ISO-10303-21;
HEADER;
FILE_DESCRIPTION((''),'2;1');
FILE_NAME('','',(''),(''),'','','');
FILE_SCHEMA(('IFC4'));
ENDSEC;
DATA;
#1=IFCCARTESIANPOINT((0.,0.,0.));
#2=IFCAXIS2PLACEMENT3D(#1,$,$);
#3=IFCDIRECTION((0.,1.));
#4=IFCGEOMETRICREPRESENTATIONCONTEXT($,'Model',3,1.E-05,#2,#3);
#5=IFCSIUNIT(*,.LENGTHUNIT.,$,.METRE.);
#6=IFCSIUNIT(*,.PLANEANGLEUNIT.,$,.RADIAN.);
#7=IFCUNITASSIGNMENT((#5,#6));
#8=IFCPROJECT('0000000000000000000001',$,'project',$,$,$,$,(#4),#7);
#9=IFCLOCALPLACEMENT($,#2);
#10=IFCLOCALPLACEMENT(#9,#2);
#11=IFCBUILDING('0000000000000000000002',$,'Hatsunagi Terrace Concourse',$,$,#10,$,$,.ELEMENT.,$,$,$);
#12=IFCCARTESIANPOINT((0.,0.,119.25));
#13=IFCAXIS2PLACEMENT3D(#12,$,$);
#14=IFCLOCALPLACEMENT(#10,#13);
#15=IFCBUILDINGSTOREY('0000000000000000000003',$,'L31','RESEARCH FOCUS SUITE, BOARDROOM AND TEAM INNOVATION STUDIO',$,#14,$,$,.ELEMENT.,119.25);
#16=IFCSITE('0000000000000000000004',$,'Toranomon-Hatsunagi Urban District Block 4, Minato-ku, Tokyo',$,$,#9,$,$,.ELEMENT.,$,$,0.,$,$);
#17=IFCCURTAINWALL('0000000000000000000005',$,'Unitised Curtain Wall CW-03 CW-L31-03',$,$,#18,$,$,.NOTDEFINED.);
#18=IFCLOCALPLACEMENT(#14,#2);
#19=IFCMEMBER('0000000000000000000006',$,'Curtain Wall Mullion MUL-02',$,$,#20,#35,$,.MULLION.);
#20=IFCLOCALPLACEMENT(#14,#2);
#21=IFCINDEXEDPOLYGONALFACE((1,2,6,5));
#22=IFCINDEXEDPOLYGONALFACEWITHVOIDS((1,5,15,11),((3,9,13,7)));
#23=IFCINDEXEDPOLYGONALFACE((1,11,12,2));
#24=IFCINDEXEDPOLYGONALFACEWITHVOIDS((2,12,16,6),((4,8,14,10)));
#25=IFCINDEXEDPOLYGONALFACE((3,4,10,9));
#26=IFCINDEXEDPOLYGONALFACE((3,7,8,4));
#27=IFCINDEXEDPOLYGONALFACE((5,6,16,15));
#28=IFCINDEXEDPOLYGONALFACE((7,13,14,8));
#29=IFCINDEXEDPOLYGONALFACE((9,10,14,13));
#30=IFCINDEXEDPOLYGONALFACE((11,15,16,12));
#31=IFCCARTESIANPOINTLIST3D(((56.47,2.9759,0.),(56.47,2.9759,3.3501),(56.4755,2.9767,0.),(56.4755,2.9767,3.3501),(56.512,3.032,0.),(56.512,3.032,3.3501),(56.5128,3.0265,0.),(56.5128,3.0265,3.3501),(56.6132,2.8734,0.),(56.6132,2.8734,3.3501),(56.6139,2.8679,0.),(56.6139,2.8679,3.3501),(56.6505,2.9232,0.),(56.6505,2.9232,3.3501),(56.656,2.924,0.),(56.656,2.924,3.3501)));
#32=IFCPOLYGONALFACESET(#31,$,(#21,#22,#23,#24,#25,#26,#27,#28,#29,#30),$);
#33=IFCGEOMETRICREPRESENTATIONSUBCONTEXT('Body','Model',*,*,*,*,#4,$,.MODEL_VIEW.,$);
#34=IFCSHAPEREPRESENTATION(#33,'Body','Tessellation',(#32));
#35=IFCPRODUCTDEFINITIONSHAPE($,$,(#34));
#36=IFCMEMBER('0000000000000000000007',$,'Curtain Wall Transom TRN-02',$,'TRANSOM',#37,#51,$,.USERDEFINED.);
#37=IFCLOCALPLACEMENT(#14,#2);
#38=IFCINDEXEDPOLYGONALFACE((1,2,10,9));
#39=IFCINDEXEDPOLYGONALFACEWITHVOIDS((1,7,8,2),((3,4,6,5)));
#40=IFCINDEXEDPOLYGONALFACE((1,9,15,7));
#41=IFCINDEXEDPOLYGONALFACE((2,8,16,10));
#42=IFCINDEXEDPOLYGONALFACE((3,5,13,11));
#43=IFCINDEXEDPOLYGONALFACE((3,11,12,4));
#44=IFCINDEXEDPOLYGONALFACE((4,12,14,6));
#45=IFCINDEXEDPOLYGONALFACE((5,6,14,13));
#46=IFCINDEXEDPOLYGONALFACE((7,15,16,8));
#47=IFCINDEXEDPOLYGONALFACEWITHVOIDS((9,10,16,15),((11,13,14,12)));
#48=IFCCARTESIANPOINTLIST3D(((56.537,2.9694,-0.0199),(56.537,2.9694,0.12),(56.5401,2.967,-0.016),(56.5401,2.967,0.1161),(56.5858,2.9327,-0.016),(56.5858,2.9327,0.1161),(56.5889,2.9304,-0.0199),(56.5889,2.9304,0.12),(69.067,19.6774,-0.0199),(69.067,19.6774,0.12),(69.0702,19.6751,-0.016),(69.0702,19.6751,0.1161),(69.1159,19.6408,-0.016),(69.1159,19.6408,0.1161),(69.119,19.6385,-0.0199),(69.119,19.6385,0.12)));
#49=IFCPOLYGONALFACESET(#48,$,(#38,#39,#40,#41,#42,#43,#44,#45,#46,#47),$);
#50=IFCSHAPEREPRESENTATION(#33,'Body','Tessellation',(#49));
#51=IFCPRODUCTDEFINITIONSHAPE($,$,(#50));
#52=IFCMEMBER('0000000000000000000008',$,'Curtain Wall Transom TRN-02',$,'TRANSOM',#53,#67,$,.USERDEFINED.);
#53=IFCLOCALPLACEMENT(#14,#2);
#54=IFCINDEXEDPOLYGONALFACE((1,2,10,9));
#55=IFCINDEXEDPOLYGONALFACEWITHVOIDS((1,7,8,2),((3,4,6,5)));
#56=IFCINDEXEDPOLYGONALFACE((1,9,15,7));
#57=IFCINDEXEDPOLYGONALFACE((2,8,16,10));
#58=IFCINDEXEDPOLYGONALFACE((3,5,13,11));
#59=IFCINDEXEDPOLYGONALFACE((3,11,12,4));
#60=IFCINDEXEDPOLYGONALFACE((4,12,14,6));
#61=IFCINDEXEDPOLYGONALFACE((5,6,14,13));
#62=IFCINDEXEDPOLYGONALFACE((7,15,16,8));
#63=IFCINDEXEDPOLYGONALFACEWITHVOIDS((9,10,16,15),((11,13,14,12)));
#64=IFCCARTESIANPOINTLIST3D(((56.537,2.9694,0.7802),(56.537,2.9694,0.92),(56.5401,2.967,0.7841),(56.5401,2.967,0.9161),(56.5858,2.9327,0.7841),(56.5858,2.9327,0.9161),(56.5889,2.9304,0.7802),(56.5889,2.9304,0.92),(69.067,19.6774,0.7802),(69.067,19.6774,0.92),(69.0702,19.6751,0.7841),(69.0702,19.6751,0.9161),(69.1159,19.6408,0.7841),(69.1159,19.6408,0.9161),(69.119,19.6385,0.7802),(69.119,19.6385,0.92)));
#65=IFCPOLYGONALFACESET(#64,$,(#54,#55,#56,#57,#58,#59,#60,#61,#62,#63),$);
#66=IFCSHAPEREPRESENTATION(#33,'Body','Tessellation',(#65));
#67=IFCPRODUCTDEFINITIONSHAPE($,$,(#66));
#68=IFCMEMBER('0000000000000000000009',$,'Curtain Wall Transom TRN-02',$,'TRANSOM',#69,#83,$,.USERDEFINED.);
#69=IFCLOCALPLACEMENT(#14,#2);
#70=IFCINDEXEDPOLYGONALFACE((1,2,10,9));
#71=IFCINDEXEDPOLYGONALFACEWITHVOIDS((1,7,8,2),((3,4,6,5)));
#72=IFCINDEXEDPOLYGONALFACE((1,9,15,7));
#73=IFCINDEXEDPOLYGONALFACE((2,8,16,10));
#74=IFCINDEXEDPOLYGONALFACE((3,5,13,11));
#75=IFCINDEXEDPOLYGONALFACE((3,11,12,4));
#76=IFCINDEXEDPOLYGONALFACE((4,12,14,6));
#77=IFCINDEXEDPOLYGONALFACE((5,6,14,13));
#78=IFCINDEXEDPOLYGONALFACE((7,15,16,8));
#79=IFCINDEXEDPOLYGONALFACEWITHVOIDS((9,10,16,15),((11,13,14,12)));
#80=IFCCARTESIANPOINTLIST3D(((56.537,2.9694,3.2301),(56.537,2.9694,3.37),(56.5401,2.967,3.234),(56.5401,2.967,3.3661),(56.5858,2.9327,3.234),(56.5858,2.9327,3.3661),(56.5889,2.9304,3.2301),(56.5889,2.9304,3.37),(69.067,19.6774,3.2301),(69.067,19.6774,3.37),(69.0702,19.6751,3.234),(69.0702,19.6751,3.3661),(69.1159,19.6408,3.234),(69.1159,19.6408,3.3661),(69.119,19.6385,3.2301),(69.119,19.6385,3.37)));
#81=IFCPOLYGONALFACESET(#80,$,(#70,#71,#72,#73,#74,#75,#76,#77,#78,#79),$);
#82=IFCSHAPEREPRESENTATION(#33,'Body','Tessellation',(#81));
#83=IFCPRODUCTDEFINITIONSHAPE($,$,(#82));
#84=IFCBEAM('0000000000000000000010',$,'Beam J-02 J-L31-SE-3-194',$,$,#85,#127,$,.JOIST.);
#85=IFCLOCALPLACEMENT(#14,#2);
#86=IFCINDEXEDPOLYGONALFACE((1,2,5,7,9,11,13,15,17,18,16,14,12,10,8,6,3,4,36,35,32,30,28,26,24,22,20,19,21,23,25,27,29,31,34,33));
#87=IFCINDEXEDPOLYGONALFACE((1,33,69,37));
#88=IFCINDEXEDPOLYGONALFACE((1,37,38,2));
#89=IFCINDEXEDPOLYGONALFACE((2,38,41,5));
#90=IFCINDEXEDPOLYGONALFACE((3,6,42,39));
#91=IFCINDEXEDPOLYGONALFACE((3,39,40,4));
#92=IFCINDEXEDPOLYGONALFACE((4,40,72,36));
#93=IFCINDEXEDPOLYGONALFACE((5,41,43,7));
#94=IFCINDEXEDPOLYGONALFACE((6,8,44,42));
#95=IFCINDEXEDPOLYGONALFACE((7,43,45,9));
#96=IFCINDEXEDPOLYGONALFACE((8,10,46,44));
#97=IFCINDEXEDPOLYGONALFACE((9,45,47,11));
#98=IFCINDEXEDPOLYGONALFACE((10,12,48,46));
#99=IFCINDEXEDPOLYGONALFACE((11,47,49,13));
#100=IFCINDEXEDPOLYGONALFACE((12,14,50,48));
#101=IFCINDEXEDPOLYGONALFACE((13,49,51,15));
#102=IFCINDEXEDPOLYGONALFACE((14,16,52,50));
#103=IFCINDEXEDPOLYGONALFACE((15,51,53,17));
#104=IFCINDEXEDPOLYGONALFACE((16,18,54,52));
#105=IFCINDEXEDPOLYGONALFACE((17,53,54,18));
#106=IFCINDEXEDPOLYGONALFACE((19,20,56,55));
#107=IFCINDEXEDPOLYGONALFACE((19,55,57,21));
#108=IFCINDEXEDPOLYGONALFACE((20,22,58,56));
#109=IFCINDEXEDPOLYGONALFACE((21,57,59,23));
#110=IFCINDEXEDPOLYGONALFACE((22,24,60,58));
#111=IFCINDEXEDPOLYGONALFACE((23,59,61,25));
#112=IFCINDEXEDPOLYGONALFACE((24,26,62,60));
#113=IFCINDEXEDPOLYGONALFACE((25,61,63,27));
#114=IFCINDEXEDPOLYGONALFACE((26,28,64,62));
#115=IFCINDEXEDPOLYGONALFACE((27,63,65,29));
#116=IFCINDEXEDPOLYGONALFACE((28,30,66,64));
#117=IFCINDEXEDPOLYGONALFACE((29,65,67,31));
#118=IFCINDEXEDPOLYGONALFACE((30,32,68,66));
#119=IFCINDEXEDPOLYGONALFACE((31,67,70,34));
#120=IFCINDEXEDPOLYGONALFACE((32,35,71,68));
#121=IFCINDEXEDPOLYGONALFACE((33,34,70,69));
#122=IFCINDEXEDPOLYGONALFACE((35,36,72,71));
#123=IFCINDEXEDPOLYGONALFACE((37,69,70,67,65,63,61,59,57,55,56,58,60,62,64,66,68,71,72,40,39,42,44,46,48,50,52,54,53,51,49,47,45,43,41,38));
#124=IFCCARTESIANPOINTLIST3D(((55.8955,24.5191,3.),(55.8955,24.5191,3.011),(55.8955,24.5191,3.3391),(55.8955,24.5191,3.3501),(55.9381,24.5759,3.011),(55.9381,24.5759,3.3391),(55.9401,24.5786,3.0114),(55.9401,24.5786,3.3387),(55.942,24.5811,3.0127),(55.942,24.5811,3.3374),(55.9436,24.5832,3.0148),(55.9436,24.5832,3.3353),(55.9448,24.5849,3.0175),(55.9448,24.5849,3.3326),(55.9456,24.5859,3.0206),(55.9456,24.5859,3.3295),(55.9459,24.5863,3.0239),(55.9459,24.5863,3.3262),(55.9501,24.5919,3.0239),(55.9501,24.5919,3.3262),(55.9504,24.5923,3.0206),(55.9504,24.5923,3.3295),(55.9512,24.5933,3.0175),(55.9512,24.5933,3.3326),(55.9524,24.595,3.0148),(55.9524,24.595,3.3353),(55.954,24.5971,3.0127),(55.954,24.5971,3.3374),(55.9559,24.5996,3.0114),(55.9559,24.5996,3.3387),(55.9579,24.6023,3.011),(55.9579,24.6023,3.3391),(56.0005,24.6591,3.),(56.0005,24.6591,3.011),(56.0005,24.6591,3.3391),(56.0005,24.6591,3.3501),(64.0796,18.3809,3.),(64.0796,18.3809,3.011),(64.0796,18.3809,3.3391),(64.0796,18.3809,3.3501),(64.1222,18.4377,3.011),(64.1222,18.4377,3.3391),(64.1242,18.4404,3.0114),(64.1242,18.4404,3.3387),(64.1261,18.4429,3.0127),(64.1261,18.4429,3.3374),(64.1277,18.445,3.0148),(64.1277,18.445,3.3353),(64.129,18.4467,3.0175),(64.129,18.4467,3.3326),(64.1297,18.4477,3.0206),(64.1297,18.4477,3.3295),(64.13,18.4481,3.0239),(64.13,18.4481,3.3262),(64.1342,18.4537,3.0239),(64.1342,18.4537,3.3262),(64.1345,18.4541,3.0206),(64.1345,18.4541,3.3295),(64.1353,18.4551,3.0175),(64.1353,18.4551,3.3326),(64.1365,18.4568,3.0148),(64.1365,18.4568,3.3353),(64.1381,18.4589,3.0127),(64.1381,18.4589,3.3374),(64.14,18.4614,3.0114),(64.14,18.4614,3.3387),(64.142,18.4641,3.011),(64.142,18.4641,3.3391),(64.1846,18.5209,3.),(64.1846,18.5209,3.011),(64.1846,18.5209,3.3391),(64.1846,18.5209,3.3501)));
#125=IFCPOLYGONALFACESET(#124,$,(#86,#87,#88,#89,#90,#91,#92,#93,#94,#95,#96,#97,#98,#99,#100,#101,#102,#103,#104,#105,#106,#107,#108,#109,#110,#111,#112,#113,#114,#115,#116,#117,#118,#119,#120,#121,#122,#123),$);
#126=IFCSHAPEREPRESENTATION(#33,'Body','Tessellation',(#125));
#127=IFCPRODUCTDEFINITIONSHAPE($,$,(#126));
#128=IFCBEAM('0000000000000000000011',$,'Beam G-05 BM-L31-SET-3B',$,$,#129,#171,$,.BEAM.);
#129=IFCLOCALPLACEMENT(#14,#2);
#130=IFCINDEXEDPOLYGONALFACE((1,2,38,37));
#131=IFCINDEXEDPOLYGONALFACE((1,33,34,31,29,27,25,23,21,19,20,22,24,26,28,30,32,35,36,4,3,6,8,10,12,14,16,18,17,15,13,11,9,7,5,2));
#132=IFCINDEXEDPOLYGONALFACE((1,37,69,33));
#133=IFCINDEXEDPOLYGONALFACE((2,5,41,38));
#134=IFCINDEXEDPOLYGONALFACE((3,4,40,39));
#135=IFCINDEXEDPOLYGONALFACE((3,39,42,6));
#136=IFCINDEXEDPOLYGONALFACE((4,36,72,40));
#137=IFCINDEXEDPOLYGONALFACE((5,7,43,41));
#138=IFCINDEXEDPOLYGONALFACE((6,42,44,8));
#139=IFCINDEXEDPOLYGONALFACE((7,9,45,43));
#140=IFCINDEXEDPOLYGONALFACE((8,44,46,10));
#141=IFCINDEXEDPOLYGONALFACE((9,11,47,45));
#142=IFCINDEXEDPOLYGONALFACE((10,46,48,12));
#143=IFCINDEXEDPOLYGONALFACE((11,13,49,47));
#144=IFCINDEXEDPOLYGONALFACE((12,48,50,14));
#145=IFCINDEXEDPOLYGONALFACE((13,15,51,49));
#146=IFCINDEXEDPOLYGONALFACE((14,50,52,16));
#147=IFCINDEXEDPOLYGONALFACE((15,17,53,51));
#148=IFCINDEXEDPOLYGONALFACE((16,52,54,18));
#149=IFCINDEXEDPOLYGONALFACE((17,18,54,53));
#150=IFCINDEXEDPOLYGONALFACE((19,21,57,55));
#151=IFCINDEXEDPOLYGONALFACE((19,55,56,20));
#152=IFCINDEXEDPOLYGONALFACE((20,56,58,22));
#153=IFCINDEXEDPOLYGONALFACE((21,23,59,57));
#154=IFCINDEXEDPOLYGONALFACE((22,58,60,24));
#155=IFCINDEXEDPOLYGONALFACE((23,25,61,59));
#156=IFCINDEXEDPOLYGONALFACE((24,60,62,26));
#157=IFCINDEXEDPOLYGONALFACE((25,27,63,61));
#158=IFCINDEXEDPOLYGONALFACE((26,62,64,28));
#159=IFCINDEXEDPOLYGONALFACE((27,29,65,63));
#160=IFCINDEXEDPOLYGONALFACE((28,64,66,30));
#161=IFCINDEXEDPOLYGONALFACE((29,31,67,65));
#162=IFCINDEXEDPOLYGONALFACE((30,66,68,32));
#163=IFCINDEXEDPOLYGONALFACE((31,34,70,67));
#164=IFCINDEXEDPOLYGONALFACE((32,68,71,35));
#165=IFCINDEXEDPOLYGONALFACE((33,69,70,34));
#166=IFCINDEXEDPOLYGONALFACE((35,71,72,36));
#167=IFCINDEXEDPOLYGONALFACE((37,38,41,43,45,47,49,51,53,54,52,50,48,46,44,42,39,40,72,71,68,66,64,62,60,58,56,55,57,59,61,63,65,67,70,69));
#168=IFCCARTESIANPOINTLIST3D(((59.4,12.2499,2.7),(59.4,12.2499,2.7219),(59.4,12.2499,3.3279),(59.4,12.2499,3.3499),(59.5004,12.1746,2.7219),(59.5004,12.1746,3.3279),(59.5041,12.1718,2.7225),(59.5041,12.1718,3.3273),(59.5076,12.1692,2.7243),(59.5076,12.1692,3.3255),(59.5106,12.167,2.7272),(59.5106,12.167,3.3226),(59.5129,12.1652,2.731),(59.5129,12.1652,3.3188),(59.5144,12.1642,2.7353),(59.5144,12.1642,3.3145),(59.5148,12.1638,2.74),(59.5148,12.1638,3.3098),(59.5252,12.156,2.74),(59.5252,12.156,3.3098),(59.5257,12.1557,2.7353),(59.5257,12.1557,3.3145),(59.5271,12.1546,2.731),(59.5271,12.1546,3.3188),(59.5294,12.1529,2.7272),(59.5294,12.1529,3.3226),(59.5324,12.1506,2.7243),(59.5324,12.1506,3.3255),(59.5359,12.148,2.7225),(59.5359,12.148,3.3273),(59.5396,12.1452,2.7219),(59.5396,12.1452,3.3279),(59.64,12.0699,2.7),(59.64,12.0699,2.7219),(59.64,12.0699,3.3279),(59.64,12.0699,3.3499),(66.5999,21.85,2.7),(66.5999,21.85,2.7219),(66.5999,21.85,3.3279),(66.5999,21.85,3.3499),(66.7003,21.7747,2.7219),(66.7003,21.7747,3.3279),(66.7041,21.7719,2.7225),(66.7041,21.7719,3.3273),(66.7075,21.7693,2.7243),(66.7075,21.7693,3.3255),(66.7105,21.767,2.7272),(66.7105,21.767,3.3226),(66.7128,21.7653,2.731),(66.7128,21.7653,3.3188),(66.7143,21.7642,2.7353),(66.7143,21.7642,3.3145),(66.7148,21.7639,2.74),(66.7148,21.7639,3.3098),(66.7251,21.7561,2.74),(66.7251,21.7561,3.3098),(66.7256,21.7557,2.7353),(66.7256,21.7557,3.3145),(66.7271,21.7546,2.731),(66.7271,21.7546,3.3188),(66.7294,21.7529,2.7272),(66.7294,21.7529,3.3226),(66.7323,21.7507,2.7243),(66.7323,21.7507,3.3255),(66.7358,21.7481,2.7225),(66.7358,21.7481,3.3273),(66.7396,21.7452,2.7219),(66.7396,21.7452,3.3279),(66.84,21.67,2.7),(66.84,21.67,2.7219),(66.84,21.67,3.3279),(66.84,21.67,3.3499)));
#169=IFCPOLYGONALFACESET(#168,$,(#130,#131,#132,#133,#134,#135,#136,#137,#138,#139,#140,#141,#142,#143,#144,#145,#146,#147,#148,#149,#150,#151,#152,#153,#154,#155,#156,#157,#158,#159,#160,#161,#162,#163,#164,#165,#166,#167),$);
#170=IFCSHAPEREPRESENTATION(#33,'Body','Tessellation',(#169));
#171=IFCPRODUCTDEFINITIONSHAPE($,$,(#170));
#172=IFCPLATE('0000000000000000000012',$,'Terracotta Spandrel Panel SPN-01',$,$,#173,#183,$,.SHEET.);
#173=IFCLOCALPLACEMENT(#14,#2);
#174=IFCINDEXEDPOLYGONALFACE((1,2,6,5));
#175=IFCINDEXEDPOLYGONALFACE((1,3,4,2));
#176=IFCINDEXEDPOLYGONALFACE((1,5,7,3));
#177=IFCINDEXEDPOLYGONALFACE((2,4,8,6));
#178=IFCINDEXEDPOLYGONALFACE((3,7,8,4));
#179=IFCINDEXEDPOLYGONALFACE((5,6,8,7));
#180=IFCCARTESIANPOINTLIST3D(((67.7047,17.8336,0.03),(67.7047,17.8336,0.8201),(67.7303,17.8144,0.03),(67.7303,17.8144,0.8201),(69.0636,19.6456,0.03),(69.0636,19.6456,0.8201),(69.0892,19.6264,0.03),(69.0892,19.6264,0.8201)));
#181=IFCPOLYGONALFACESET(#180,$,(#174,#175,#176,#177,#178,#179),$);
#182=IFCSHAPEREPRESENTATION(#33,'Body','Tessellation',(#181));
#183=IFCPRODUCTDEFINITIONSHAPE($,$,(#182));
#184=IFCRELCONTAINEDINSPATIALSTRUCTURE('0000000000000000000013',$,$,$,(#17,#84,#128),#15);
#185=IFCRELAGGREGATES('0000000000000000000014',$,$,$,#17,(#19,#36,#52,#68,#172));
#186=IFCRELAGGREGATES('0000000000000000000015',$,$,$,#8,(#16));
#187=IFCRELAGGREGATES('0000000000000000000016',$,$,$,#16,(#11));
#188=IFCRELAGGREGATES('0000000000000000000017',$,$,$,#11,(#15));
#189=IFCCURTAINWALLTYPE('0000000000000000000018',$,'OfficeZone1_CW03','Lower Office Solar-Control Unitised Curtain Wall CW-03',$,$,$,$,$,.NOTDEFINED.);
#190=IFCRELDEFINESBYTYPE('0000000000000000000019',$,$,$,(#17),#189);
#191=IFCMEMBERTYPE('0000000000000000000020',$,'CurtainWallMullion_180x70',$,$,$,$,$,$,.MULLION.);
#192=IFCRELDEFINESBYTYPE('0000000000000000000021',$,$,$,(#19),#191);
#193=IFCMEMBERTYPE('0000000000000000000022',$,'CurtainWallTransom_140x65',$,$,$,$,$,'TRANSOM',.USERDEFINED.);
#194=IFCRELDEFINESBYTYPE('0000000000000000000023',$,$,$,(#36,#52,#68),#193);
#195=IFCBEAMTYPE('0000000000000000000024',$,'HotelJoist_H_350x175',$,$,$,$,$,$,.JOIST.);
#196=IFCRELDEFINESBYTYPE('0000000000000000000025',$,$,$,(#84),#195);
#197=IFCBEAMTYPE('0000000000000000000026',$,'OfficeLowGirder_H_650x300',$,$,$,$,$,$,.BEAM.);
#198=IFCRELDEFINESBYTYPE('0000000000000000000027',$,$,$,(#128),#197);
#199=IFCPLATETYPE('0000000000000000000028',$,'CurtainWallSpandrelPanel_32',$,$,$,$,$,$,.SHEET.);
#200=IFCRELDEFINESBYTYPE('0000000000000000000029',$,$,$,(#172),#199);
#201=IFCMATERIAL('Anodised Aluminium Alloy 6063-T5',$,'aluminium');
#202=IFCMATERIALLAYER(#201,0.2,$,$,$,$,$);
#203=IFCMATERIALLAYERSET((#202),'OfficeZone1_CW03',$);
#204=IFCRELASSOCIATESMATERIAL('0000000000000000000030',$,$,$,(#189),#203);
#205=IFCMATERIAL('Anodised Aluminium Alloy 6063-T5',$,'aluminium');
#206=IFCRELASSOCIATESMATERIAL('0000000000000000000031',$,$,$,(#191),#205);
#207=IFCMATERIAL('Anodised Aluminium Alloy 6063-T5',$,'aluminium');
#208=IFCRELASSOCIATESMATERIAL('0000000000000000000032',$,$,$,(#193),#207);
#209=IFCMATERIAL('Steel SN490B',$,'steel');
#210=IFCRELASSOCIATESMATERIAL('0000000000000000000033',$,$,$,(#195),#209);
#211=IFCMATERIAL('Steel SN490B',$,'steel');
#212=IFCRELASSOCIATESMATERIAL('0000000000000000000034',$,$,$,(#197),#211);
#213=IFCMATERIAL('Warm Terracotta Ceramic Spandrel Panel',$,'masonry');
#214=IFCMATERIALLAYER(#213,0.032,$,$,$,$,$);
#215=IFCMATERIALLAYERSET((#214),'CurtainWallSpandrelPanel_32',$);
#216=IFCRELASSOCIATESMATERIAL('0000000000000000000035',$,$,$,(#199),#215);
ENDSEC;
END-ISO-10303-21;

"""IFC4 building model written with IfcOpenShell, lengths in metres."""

from ifc_helpers import new_model, si_unit, direction, frame, origin, origin_2d, place, context, subcontext, project, spatial, rectangle, hollow_rectangle, i_section, extrude, material, layer, layer_set, material_profile, profile_set, type_object, element, aggregate, save


model = new_model("IFC4")

# Units and contexts
model_context = context("Model", 3, precision=1e-05, world=origin(), true_north=direction((0.0, 1.0)))
body_context = subcontext(model_context, "Body", "Model", "MODEL_VIEW")
ifc_project = project(units=[si_unit("LENGTHUNIT", "METRE"), si_unit("PLANEANGLEUNIT", "RADIAN")], contexts=[model_context])

# Site, building, storey
site_placement = place(None, origin())
site = spatial("IfcSite", under=ifc_project, at=site_placement, Name="Toranomon-Hatsunagi Urban District Block 4, Minato-ku, Tokyo", CompositionType="ELEMENT", RefElevation=0.0)
building_placement = place(site_placement, origin())
building = spatial("IfcBuilding", under=site, at=building_placement, Name="Hatsunagi Terrace Concourse", CompositionType="ELEMENT")
storey_placement = place(building_placement, frame((0.0, 0.0, 119.25)))
storey = spatial("IfcBuildingStorey", under=building, at=storey_placement, Name="L31", Description="RESEARCH FOCUS SUITE, BOARDROOM AND TEAM INNOVATION STUDIO", CompositionType="ELEMENT", Elevation=119.25)

# Curtain wall, members
ifc_material_1 = material(Name="Anodised Aluminium Alloy 6063-T5", Category="aluminium")
ifc_layer_1 = layer(ifc_material_1, 0.2)
ifc_layer_set_1 = layer_set([ifc_layer_1], Name="OfficeZone1_CW03")
curtain_wall_type = type_object("IfcCurtainWallType", Name="OfficeZone1_CW03", Description="Lower Office Solar-Control Unitised Curtain Wall CW-03", PredefinedType="NOTDEFINED", material=ifc_layer_set_1)
curtain_wall_placement = place(storey_placement, origin())
curtain_wall = element("IfcCurtainWall", 1, at=curtain_wall_placement, inside=storey, type_object=curtain_wall_type, Name="Unitised Curtain Wall CW-03 CW-L31-03", PredefinedType="NOTDEFINED")
ifc_material_2 = material(Name="Anodised Aluminium Alloy 6063-T5", Category="aluminium")
ifc_material_profile_1 = material_profile(ifc_material_2, hollow_rectangle(XDim=0.0701, YDim=0.1799, WallThickness=0.0039, at=origin_2d()), Name="ALU-MUL-180x70x4")
ifc_profile_set_1 = profile_set([ifc_material_profile_1], Name="Anodised Aluminium Alloy 6063-T5")
member_type_1 = type_object("IfcMemberType", Name="CurtainWallMullion_180x70", PredefinedType="MULLION", material=ifc_profile_set_1)
member_1_placement = place(storey_placement, frame((56.563, 2.95, 0.0), z_axis=(0.0, 0.0, 1.0), x_axis=(-0.599969, -0.800023, 0.0)))
member_1 = element("IfcMember", 2, at=member_1_placement, type_object=member_type_1, Name="Curtain Wall Mullion MUL-02", PredefinedType="MULLION", context=body_context, shape_type="SweptSolid", body=[
    extrude(hollow_rectangle(XDim=0.0701, YDim=0.1799, WallThickness=0.0039, at=origin_2d()), origin(), (0.0, 0.0, 1.0), 3.3501),
])
ifc_material_3 = material(Name="Anodised Aluminium Alloy 6063-T5", Category="aluminium")
ifc_material_profile_2 = material_profile(ifc_material_3, hollow_rectangle(XDim=0.0649, YDim=0.1399, WallThickness=0.0039, at=origin_2d()), Name="ALU-TRN-140x65x4")
ifc_profile_set_2 = profile_set([ifc_material_profile_2], Name="Anodised Aluminium Alloy 6063-T5")
member_type_2 = type_object("IfcMemberType", Name="CurtainWallTransom_140x65", ElementType="TRANSOM", PredefinedType="USERDEFINED", material=ifc_profile_set_2)
member_2_placement = place(storey_placement, frame((69.093, 19.658, 0.05), z_axis=(-0.59997, -0.800022, 0.0), x_axis=(0.800022, -0.59997, 0.0)))
member_2 = element("IfcMember", 3, at=member_2_placement, type_object=member_type_2, Name="Curtain Wall Transom TRN-02", ObjectType="TRANSOM", PredefinedType="USERDEFINED", context=body_context, shape_type="SweptSolid", body=[
    extrude(hollow_rectangle(XDim=0.0649, YDim=0.1399, WallThickness=0.0039, at=origin_2d()), origin(), (0.0, 0.0, 1.0), 20.8845),
])
member_3_placement = place(storey_placement, frame((69.093, 19.658, 0.8501), z_axis=(-0.59997, -0.800022, 0.0), x_axis=(0.800022, -0.59997, 0.0)))
member_3 = element("IfcMember", 4, at=member_3_placement, type_object=member_type_2, Name="Curtain Wall Transom TRN-02", ObjectType="TRANSOM", PredefinedType="USERDEFINED", context=body_context, shape_type="SweptSolid", body=[
    extrude(hollow_rectangle(XDim=0.0649, YDim=0.1399, WallThickness=0.0039, at=origin_2d()), origin(), (0.0, 0.0, 1.0), 20.8845),
])
member_4_placement = place(storey_placement, frame((69.093, 19.658, 3.3), z_axis=(-0.59997, -0.800022, 0.0), x_axis=(0.800022, -0.59997, 0.0)))
member_4 = element("IfcMember", 5, at=member_4_placement, type_object=member_type_2, Name="Curtain Wall Transom TRN-02", ObjectType="TRANSOM", PredefinedType="USERDEFINED", context=body_context, shape_type="SweptSolid", body=[
    extrude(hollow_rectangle(XDim=0.0649, YDim=0.1399, WallThickness=0.0039, at=origin_2d()), origin(), (0.0, 0.0, 1.0), 20.8845),
])

# Beams
ifc_material_4 = material(Name="Steel SN490B", Category="steel")
ifc_material_profile_3 = material_profile(ifc_material_4, i_section(OverallWidth=0.175, OverallDepth=0.3501, WebThickness=0.0071, FlangeThickness=0.011, FilletRadius=0.0129, at=origin_2d()), Name="H-350x175x7x11")
ifc_profile_set_3 = profile_set([ifc_material_profile_3], Name="Steel SN490B")
beam_type_1 = type_object("IfcBeamType", Name="HotelJoist_H_350x175", PredefinedType="JOIST", material=ifc_profile_set_3)
beam_1_placement = place(storey_placement, frame((55.948, 24.5891, 3.175), z_axis=(0.799994, -0.600008, 0.0), x_axis=(0.600008, 0.799994, 0.0)))
element("IfcBeam", 6, at=beam_1_placement, inside=storey, type_object=beam_type_1, Name="Beam J-02 J-L31-SE-3-194", PredefinedType="JOIST", context=body_context, shape_type="SweptSolid", body=[
    extrude(i_section(OverallWidth=0.175, OverallDepth=0.3501, WebThickness=0.0071, FlangeThickness=0.011, FilletRadius=0.0129, at=origin_2d()), origin(), (0.0, 0.0, 1.0), 10.2302),
])
ifc_material_5 = material(Name="Steel SN490B", Category="steel")
ifc_material_profile_4 = material_profile(ifc_material_5, i_section(OverallWidth=0.3, OverallDepth=0.6499, WebThickness=0.0129, FlangeThickness=0.022, FilletRadius=0.0181, at=origin_2d()), Name="H-650x300x13x22")
ifc_profile_set_4 = profile_set([ifc_material_profile_4], Name="Steel SN490B")
beam_type_2 = type_object("IfcBeamType", Name="OfficeLowGirder_H_650x300", PredefinedType="BEAM", material=ifc_profile_set_4)
beam_2_placement = place(storey_placement, frame((59.52, 12.1599, 3.0249), z_axis=(0.599993, 0.800005, 0.0), x_axis=(-0.800005, 0.599993, 0.0)))
element("IfcBeam", 7, at=beam_2_placement, inside=storey, type_object=beam_type_2, Name="Beam G-05 BM-L31-SET-3B", PredefinedType="BEAM", context=body_context, shape_type="SweptSolid", body=[
    extrude(i_section(OverallWidth=0.3, OverallDepth=0.6499, WebThickness=0.0129, FlangeThickness=0.022, FilletRadius=0.0181, at=origin_2d()), origin(), (0.0, 0.0, 1.0), 12.0),
])

# Plate
ifc_material_6 = material(Name="Warm Terracotta Ceramic Spandrel Panel", Category="masonry")
ifc_layer_2 = layer(ifc_material_6, 0.032)
ifc_layer_set_2 = layer_set([ifc_layer_2], Name="CurtainWallSpandrelPanel_32")
plate_type_1 = type_object("IfcPlateType", Name="CurtainWallSpandrelPanel_32", PredefinedType="SHEET", material=ifc_layer_set_2)
plate_1_placement = place(storey_placement, frame((68.397, 18.73, 0.03), z_axis=(0.0, 0.0, 1.0), x_axis=(-0.599969, -0.800023, 0.0)))
plate_1 = element("IfcPlate", 8, at=plate_1_placement, type_object=plate_type_1, Name="Terracotta Spandrel Panel SPN-01", PredefinedType="SHEET", context=body_context, shape_type="SweptSolid", body=[
    extrude(rectangle(XDim=2.2649, YDim=0.032, at=origin_2d()), origin(), (0.0, 0.0, 1.0), 0.79),
])
aggregate(curtain_wall, [member_1, member_2, member_3, member_4, plate_1])

save(model, "model.ifc")
